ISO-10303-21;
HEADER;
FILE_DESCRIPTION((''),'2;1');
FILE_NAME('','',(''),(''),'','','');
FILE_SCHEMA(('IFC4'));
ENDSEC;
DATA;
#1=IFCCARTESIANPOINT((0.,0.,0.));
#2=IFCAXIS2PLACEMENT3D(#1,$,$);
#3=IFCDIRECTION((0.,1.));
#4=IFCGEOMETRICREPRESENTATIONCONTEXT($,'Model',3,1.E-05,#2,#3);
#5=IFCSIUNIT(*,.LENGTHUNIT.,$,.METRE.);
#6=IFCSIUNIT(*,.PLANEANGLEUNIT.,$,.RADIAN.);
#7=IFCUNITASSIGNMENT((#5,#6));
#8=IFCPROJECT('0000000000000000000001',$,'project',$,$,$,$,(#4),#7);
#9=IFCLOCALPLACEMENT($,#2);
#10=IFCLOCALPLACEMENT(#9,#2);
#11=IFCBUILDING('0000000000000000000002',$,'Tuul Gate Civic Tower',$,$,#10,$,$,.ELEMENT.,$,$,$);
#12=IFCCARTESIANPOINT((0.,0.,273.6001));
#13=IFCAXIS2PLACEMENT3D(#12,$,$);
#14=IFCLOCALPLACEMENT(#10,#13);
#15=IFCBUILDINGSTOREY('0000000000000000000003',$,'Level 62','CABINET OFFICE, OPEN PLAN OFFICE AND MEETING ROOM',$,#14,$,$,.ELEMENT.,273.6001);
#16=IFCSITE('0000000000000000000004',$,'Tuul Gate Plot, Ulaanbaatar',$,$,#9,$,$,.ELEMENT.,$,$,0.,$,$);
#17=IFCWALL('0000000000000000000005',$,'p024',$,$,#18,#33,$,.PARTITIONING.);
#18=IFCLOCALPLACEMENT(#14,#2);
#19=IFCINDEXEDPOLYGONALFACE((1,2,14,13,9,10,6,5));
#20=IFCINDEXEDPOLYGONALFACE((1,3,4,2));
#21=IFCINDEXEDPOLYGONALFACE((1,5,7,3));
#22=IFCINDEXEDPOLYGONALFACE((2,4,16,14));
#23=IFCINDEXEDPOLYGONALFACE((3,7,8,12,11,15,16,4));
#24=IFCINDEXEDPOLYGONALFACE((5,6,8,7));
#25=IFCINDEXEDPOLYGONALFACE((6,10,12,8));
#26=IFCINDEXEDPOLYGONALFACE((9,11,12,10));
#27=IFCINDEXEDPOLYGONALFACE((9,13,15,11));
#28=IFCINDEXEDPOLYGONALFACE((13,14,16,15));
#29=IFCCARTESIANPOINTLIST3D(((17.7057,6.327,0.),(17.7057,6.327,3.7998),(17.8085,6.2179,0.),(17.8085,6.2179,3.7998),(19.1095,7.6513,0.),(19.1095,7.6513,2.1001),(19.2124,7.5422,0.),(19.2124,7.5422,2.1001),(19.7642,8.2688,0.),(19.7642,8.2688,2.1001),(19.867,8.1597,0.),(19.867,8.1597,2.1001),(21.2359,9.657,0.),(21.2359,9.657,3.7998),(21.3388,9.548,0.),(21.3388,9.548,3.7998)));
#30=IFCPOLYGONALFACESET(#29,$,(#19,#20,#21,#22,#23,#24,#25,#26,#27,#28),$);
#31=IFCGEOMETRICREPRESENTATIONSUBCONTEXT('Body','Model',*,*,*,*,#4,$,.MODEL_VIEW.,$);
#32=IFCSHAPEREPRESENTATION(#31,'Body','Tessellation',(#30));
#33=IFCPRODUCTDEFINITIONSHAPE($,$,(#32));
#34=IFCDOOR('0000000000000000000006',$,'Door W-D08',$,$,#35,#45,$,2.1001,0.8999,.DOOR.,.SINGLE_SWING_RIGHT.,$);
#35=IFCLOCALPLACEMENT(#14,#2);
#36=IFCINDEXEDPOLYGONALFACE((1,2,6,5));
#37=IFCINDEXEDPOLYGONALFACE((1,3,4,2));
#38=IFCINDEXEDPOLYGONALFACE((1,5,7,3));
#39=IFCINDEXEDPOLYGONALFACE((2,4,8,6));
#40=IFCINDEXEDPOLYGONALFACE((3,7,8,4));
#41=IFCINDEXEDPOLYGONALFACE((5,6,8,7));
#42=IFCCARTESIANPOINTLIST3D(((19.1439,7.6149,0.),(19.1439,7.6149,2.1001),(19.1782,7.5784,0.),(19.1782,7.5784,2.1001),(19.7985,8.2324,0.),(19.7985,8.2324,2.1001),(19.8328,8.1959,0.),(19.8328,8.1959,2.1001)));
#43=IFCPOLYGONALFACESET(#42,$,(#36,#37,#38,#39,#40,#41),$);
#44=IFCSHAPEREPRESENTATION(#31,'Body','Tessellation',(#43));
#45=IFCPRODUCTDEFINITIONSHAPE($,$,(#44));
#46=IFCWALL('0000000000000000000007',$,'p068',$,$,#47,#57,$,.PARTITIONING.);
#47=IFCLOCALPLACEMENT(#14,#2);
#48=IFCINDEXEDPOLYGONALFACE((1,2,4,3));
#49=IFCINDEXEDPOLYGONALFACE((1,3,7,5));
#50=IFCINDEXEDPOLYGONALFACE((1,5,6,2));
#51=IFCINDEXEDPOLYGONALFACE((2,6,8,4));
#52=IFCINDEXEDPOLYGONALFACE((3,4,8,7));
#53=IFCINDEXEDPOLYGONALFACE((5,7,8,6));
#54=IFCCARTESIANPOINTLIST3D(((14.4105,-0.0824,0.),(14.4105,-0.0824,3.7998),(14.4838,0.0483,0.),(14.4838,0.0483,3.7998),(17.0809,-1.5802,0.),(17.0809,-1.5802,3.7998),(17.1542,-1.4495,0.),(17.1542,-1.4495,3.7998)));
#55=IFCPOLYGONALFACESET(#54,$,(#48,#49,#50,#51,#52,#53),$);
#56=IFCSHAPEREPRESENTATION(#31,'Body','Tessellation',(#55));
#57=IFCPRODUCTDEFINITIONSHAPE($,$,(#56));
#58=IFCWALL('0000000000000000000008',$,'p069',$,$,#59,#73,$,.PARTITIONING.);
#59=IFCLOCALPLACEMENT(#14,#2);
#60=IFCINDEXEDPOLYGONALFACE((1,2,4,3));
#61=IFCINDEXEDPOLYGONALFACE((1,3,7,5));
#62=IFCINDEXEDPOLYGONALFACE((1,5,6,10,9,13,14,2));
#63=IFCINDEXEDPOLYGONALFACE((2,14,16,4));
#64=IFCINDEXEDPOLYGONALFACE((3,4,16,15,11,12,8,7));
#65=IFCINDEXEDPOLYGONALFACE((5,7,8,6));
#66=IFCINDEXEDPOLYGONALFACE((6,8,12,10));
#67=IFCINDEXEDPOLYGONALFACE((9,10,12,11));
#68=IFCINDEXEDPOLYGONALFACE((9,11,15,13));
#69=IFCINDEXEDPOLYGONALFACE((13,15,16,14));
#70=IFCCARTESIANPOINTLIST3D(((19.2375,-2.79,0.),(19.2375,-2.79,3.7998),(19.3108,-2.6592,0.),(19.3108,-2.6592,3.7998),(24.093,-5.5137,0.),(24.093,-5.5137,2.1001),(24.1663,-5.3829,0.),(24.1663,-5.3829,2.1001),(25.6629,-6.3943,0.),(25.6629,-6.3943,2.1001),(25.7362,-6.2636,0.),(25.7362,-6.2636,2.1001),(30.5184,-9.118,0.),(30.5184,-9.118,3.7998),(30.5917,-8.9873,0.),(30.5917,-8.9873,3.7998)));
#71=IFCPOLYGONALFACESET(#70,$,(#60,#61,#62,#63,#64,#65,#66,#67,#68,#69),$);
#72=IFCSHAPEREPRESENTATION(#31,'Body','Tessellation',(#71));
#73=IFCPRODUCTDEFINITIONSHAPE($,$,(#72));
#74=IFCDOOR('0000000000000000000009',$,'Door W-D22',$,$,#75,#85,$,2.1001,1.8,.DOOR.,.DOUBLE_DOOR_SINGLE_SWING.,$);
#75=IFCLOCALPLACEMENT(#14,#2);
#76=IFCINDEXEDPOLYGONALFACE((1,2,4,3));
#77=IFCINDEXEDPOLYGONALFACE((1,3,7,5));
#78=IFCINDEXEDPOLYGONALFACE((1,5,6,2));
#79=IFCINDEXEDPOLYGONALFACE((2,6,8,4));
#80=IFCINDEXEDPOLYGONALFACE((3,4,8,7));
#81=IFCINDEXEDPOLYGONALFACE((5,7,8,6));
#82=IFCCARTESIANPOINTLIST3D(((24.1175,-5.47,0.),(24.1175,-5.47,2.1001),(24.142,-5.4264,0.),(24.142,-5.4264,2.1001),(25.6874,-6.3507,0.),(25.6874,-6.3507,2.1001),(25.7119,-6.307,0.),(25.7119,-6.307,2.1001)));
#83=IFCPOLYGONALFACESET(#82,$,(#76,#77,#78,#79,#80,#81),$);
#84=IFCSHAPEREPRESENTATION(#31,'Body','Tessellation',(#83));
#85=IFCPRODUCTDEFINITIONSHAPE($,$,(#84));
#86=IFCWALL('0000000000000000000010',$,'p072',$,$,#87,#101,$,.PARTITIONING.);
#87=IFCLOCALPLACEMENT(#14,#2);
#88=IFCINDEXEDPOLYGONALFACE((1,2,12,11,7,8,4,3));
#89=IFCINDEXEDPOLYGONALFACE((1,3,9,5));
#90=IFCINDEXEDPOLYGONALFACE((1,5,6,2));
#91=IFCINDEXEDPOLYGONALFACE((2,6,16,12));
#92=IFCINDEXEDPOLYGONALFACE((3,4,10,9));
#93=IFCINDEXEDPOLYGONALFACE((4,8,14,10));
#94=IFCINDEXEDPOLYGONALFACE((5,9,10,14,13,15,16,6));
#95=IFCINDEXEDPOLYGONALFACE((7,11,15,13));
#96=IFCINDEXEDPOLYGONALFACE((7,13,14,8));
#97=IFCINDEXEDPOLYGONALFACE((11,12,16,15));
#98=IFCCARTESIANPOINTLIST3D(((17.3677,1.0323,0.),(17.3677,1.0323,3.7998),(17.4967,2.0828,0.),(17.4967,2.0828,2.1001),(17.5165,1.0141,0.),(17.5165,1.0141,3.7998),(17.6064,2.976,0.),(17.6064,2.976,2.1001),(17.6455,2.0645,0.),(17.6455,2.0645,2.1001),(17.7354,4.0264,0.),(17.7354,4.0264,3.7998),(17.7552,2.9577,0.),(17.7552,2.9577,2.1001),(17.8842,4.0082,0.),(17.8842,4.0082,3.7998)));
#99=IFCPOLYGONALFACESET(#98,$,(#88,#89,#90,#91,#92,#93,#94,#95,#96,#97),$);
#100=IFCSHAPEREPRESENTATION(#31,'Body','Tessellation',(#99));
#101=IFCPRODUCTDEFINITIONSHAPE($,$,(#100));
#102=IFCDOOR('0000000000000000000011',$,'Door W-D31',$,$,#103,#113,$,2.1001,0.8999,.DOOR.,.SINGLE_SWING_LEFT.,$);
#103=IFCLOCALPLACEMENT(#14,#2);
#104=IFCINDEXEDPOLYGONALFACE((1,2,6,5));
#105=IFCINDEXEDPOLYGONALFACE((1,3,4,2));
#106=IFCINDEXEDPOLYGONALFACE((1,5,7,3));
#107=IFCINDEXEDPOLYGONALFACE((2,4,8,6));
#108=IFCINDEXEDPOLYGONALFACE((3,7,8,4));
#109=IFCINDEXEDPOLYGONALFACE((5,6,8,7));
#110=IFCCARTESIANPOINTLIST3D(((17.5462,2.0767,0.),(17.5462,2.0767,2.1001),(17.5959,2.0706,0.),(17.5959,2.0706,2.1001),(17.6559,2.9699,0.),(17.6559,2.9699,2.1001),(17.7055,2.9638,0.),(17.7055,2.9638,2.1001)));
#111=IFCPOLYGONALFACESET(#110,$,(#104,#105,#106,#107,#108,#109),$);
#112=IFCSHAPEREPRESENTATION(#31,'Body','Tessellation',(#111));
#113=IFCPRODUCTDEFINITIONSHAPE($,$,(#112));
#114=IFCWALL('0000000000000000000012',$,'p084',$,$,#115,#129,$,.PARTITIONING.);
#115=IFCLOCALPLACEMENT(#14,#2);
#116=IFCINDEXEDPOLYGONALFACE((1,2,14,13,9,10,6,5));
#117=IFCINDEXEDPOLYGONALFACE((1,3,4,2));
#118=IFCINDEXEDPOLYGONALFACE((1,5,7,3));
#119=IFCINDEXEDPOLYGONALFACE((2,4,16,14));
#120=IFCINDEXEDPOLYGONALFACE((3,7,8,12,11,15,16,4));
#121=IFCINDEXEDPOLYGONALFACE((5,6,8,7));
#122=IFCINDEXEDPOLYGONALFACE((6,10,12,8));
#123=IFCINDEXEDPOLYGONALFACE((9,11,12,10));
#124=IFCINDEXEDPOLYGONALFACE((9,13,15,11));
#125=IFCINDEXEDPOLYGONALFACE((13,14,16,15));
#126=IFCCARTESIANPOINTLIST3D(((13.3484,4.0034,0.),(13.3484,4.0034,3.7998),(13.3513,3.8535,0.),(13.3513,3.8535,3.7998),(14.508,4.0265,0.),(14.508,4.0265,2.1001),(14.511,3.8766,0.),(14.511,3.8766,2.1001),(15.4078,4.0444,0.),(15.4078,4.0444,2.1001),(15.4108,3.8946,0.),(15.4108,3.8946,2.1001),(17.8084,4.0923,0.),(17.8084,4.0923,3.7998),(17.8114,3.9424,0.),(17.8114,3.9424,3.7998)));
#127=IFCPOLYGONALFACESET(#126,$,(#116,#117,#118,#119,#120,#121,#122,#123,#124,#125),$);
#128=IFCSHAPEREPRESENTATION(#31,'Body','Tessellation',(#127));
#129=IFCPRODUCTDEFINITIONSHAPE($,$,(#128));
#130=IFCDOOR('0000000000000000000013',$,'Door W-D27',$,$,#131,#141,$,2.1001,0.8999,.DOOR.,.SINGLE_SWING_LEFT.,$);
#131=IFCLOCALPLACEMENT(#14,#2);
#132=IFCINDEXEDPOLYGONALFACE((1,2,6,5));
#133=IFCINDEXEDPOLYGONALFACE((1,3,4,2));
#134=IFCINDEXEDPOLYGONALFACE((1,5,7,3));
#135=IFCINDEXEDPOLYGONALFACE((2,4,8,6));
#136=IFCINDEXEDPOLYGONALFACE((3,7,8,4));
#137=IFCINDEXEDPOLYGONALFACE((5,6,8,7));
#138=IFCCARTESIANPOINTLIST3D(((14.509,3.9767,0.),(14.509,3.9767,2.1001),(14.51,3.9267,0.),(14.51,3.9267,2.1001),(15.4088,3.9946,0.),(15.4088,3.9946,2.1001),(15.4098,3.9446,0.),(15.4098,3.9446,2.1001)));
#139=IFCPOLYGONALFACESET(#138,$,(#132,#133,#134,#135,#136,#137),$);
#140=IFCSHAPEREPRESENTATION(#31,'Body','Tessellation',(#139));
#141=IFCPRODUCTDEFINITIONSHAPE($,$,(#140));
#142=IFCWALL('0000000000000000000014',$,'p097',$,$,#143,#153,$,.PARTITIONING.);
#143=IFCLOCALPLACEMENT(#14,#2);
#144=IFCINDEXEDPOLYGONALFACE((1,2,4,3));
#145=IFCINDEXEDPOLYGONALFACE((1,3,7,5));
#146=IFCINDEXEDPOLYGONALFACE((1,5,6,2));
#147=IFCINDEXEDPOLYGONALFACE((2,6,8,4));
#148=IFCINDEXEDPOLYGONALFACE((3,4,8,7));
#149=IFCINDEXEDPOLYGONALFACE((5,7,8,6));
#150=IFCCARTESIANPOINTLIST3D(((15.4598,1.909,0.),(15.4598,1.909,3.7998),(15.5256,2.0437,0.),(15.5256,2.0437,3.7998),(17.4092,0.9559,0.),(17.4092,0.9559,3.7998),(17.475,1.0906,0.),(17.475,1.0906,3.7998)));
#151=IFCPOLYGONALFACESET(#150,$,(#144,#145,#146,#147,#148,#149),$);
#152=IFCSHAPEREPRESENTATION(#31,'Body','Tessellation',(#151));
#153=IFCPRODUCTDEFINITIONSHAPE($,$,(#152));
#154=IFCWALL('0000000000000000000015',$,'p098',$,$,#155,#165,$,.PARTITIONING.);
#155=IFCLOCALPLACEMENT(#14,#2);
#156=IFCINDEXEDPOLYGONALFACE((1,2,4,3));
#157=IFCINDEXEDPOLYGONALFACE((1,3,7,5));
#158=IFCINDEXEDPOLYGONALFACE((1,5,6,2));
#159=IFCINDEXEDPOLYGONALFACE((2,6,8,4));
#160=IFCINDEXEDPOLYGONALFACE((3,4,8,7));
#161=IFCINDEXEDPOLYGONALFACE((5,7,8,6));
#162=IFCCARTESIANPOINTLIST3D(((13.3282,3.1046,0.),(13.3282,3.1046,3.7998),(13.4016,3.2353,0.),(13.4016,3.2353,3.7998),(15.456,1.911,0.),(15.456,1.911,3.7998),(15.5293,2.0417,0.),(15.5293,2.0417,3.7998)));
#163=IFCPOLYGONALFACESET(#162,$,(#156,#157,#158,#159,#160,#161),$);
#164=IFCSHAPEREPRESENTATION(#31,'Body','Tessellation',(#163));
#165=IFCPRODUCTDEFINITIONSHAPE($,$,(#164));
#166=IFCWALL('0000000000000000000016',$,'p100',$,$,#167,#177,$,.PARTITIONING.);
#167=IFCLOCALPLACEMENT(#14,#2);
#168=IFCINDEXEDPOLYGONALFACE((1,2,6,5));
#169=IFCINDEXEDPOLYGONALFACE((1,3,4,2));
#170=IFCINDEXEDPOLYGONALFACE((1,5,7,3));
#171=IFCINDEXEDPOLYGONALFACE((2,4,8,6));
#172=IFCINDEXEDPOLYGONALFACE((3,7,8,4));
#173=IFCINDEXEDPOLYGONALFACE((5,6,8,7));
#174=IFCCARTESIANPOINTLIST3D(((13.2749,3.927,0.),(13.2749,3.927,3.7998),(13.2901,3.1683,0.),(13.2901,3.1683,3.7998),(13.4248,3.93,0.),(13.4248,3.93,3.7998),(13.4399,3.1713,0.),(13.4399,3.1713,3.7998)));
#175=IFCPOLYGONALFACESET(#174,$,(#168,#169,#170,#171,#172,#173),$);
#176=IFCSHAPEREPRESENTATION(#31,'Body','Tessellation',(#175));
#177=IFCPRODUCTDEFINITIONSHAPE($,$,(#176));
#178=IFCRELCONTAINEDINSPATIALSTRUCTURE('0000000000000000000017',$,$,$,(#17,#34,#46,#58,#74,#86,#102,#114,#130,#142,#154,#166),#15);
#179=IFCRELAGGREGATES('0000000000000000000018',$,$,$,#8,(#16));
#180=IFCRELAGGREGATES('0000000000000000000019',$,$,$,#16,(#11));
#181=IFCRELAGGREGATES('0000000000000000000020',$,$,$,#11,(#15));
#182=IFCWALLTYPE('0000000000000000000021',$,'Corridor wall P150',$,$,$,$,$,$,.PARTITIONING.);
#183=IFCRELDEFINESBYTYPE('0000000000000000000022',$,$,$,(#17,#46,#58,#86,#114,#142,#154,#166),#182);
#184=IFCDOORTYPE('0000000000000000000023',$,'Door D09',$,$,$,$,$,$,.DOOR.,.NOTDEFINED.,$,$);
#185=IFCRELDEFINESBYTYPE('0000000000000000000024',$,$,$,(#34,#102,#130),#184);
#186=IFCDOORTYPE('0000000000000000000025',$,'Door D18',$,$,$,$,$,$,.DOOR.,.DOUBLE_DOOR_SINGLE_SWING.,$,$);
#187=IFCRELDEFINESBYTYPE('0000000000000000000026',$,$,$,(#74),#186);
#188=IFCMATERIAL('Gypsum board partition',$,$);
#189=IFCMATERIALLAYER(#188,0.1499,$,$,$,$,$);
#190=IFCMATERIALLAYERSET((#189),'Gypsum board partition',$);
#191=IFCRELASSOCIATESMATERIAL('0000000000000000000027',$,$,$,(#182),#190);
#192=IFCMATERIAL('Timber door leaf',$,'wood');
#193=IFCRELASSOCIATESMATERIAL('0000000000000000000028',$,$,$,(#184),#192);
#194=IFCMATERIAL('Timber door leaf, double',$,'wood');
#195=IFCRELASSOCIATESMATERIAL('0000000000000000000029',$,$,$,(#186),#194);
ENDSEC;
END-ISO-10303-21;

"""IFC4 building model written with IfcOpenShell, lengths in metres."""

from ifc_helpers import new_model, si_unit, direction, frame, frame_2d, origin, place, context, subcontext, project, spatial, rectangle, extrude, material, layer, layer_set, type_object, element, fill, save


model = new_model("IFC4")

# Units and contexts
model_context = context("Model", 3, precision=1e-05, world=origin(), true_north=direction((0.0, 1.0)))
body_context = subcontext(model_context, "Body", "Model", "MODEL_VIEW")
ifc_project = project(units=[si_unit("LENGTHUNIT", "METRE"), si_unit("PLANEANGLEUNIT", "RADIAN")], contexts=[model_context])

# Site, building, storey
site_placement = place(None, origin())
site = spatial("IfcSite", under=ifc_project, at=site_placement, Name="Tuul Gate Plot, Ulaanbaatar", CompositionType="ELEMENT", RefElevation=0.0)
building_placement = place(site_placement, origin())
building = spatial("IfcBuilding", under=site, at=building_placement, Name="Tuul Gate Civic Tower", CompositionType="ELEMENT")
storey_placement = place(building_placement, frame((0.0, 0.0, 273.6001)))
storey = spatial("IfcBuildingStorey", under=building, at=storey_placement, Name="Level 62", Description="CABINET OFFICE, OPEN PLAN OFFICE AND MEETING ROOM", CompositionType="ELEMENT", Elevation=273.6001)

# Wall, opening, door
ifc_material_1 = material(Name="Gypsum board partition")
ifc_layer_1 = layer(ifc_material_1, 0.1499)
ifc_layer_set_1 = layer_set([ifc_layer_1], Name="Gypsum board partition")
wall_type_1 = type_object("IfcWallType", Name="Corridor wall P150", PredefinedType="PARTITIONING", material=ifc_layer_set_1)
wall_1_placement = place(storey_placement, frame((17.7571, 6.2725, 0.0), z_axis=(0.0, 0.0, 1.0), x_axis=(0.727432, 0.68618, 0.0)))
wall_1 = element("IfcWall", 1, at=wall_1_placement, inside=storey, type_object=wall_type_1, Name="p024", PredefinedType="PARTITIONING", context=body_context, shape_type="SweptSolid", body=[
    extrude(rectangle(XDim=4.853, YDim=0.1499, at=frame_2d((2.4265, 0.0))), origin(), (0.0, 0.0, 1.0), 3.7998),
])
opening_1_placement = place(wall_1_placement, frame((1.9299, 0.0, 0.0)))
opening_1 = element("IfcOpeningElement", 2, at=opening_1_placement, cuts=wall_1, PredefinedType="OPENING", context=body_context, shape_type="SweptSolid", body=[
    extrude(rectangle(XDim=0.8999, YDim=2.1001, at=frame_2d((0.45, 1.05))), frame((0.0, 0.085, 0.0), z_axis=(0.0, -1.0, 0.0), x_axis=(1.0, 0.0, 0.0)), (0.0, 0.0, 1.0), 0.1699),
])
ifc_material_2 = material(Name="Timber door leaf", Category="wood")
door_type_1 = type_object("IfcDoorType", Name="Door D09", OperationType="NOTDEFINED", PredefinedType="DOOR", material=ifc_material_2)
door_1_placement = place(opening_1_placement, origin())
door_1 = element("IfcDoor", 3, at=door_1_placement, inside=storey, type_object=door_type_1, Name="Door W-D08", OperationType="SINGLE_SWING_RIGHT", OverallHeight=2.1001, OverallWidth=0.8999, PredefinedType="DOOR", context=body_context, shape_type="SweptSolid", body=[
    extrude(rectangle(XDim=0.8999, YDim=2.1001, at=frame_2d((0.45, 1.05))), frame((0.0, 0.0249, 0.0), z_axis=(0.0, -1.0, 0.0), x_axis=(1.0, 0.0, 0.0)), (0.0, 0.0, 1.0), 0.05),
])
fill(opening_1, door_1)

# Wall
wall_2_placement = place(storey_placement, frame((14.4473, -0.0171, 0.0), z_axis=(0.0, 0.0, 1.0), x_axis=(0.872175, -0.489193, 0.0)))
element("IfcWall", 4, at=wall_2_placement, inside=storey, type_object=wall_type_1, Name="p068", PredefinedType="PARTITIONING", context=body_context, shape_type="SweptSolid", body=[
    extrude(rectangle(XDim=3.0618, YDim=0.1499, at=frame_2d((1.5308, 0.0))), origin(), (0.0, 0.0, 1.0), 3.7998),
])

# Walls, openings, doors
wall_3_placement = place(storey_placement, frame((19.2742, -2.7246, 0.0), z_axis=(0.0, 0.0, 1.0), x_axis=(0.872151, -0.489237, 0.0)))
wall_3 = element("IfcWall", 5, at=wall_3_placement, inside=storey, type_object=wall_type_1, Name="p069", PredefinedType="PARTITIONING", context=body_context, shape_type="SweptSolid", body=[
    extrude(rectangle(XDim=12.9346, YDim=0.1499, at=frame_2d((6.4673, 0.0))), origin(), (0.0, 0.0, 1.0), 3.7998),
])
opening_2_placement = place(wall_3_placement, frame((5.5674, 0.0, 0.0)))
opening_2 = element("IfcOpeningElement", 6, at=opening_2_placement, cuts=wall_3, PredefinedType="OPENING", context=body_context, shape_type="SweptSolid", body=[
    extrude(rectangle(XDim=1.8, YDim=2.1001, at=frame_2d((0.8999, 1.05))), frame((0.0, 0.085, 0.0), z_axis=(0.0, -1.0, 0.0), x_axis=(1.0, 0.0, 0.0)), (0.0, 0.0, 1.0), 0.1699),
])
ifc_material_3 = material(Name="Timber door leaf, double", Category="wood")
door_type_2 = type_object("IfcDoorType", Name="Door D18", OperationType="DOUBLE_DOOR_SINGLE_SWING", PredefinedType="DOOR", material=ifc_material_3)
door_2_placement = place(opening_2_placement, frame((1.8, 0.0, 0.0), z_axis=(0.0, 0.0, 1.0), x_axis=(-1.0, 0.0, 0.0)))
door_2 = element("IfcDoor", 7, at=door_2_placement, inside=storey, type_object=door_type_2, Name="Door W-D22", OperationType="DOUBLE_DOOR_SINGLE_SWING", OverallHeight=2.1001, OverallWidth=1.8, PredefinedType="DOOR", context=body_context, shape_type="SweptSolid", body=[
    extrude(rectangle(XDim=1.8, YDim=2.1001, at=frame_2d((0.9001, 1.05))), frame((0.0, 0.0249, 0.0), z_axis=(0.0, -1.0, 0.0), x_axis=(1.0, 0.0, 0.0)), (0.0, 0.0, 1.0), 0.05),
])
fill(opening_2, door_2)
wall_4_placement = place(storey_placement, frame((17.4421, 1.0232, 0.0), z_axis=(0.0, 0.0, 1.0), x_axis=(0.121883, 0.992544, 0.0)))
wall_4 = element("IfcWall", 8, at=wall_4_placement, inside=storey, type_object=wall_type_1, Name="p072", PredefinedType="PARTITIONING", context=body_context, shape_type="SweptSolid", body=[
    extrude(rectangle(XDim=3.0166, YDim=0.1499, at=frame_2d((1.5083, 0.0))), origin(), (0.0, 0.0, 1.0), 3.7998),
])
opening_3_placement = place(wall_4_placement, frame((1.0583, 0.0, 0.0)))
opening_3 = element("IfcOpeningElement", 9, at=opening_3_placement, cuts=wall_4, PredefinedType="OPENING", context=body_context, shape_type="SweptSolid", body=[
    extrude(rectangle(XDim=0.8999, YDim=2.1001, at=frame_2d((0.45, 1.05))), frame((0.0, 0.085, 0.0), z_axis=(0.0, -1.0, 0.0), x_axis=(1.0, 0.0, 0.0)), (0.0, 0.0, 1.0), 0.1699),
])
door_3_placement = place(opening_3_placement, frame((0.8999, 0.0, 0.0), z_axis=(0.0, 0.0, 1.0), x_axis=(-1.0, 0.0, 0.0)))
door_3 = element("IfcDoor", 10, at=door_3_placement, inside=storey, type_object=door_type_1, Name="Door W-D31", OperationType="SINGLE_SWING_LEFT", OverallHeight=2.1001, OverallWidth=0.8999, PredefinedType="DOOR", context=body_context, shape_type="SweptSolid", body=[
    extrude(rectangle(XDim=0.8999, YDim=2.1001, at=frame_2d((0.45, 1.05))), frame((0.0, 0.0249, 0.0), z_axis=(0.0, -1.0, 0.0), x_axis=(1.0, 0.0, 0.0)), (0.0, 0.0, 1.0), 0.05),
])
fill(opening_3, door_3)
wall_5_placement = place(storey_placement, frame((13.3499, 3.9285, 0.0), z_axis=(0.0, 0.0, 1.0), x_axis=(0.999802, 0.019922, 0.0)))
wall_5 = element("IfcWall", 11, at=wall_5_placement, inside=storey, type_object=wall_type_1, Name="p084", PredefinedType="PARTITIONING", context=body_context, shape_type="SweptSolid", body=[
    extrude(rectangle(XDim=4.4609, YDim=0.1499, at=frame_2d((2.2305, 0.0))), origin(), (0.0, 0.0, 1.0), 3.7998),
])
opening_4_placement = place(wall_5_placement, frame((1.1599, 0.0, 0.0)))
opening_4 = element("IfcOpeningElement", 12, at=opening_4_placement, cuts=wall_5, PredefinedType="OPENING", context=body_context, shape_type="SweptSolid", body=[
    extrude(rectangle(XDim=0.8999, YDim=2.1001, at=frame_2d((0.45, 1.05))), frame((0.0, 0.085, 0.0), z_axis=(0.0, -1.0, 0.0), x_axis=(1.0, 0.0, 0.0)), (0.0, 0.0, 1.0), 0.1699),
])
door_4_placement = place(opening_4_placement, frame((0.8999, 0.0, 0.0), z_axis=(0.0, 0.0, 1.0), x_axis=(-1.0, 0.0, 0.0)))
door_4 = element("IfcDoor", 13, at=door_4_placement, inside=storey, type_object=door_type_1, Name="Door W-D27", OperationType="SINGLE_SWING_LEFT", OverallHeight=2.1001, OverallWidth=0.8999, PredefinedType="DOOR", context=body_context, shape_type="SweptSolid", body=[
    extrude(rectangle(XDim=0.8999, YDim=2.1001, at=frame_2d((0.45, 1.05))), frame((0.0, 0.0249, 0.0), z_axis=(0.0, -1.0, 0.0), x_axis=(1.0, 0.0, 0.0)), (0.0, 0.0, 1.0), 0.05),
])
fill(opening_4, door_4)

# Walls
wall_6_placement = place(storey_placement, frame((15.4927, 1.9763, 0.0), z_axis=(0.0, 0.0, 1.0), x_axis=(0.898374, -0.43923, 0.0)))
element("IfcWall", 14, at=wall_6_placement, inside=storey, type_object=wall_type_1, Name="p097", PredefinedType="PARTITIONING", context=body_context, shape_type="SweptSolid", body=[
    extrude(rectangle(XDim=2.1699, YDim=0.1499, at=frame_2d((1.085, 0.0))), origin(), (0.0, 0.0, 1.0), 3.7998),
])
wall_7_placement = place(storey_placement, frame((13.365, 3.1699, 0.0), z_axis=(0.0, 0.0, 1.0), x_axis=(0.872139, -0.489258, 0.0)))
element("IfcWall", 15, at=wall_7_placement, inside=storey, type_object=wall_type_1, Name="p098", PredefinedType="PARTITIONING", context=body_context, shape_type="SweptSolid", body=[
    extrude(rectangle(XDim=2.4397, YDim=0.1499, at=frame_2d((1.2197, 0.0))), origin(), (0.0, 0.0, 1.0), 3.7998),
])
wall_8_placement = place(storey_placement, frame((13.3499, 3.9285, 0.0), z_axis=(0.0, 0.0, 1.0), x_axis=(0.019951, -0.999801, 0.0)))
element("IfcWall", 16, at=wall_8_placement, inside=storey, type_object=wall_type_1, Name="p100", PredefinedType="PARTITIONING", context=body_context, shape_type="SweptSolid", body=[
    extrude(rectangle(XDim=0.7588, YDim=0.1499, at=frame_2d((0.3794, 0.0))), origin(), (0.0, 0.0, 1.0), 3.7998),
])

save(model, "model.ifc")
